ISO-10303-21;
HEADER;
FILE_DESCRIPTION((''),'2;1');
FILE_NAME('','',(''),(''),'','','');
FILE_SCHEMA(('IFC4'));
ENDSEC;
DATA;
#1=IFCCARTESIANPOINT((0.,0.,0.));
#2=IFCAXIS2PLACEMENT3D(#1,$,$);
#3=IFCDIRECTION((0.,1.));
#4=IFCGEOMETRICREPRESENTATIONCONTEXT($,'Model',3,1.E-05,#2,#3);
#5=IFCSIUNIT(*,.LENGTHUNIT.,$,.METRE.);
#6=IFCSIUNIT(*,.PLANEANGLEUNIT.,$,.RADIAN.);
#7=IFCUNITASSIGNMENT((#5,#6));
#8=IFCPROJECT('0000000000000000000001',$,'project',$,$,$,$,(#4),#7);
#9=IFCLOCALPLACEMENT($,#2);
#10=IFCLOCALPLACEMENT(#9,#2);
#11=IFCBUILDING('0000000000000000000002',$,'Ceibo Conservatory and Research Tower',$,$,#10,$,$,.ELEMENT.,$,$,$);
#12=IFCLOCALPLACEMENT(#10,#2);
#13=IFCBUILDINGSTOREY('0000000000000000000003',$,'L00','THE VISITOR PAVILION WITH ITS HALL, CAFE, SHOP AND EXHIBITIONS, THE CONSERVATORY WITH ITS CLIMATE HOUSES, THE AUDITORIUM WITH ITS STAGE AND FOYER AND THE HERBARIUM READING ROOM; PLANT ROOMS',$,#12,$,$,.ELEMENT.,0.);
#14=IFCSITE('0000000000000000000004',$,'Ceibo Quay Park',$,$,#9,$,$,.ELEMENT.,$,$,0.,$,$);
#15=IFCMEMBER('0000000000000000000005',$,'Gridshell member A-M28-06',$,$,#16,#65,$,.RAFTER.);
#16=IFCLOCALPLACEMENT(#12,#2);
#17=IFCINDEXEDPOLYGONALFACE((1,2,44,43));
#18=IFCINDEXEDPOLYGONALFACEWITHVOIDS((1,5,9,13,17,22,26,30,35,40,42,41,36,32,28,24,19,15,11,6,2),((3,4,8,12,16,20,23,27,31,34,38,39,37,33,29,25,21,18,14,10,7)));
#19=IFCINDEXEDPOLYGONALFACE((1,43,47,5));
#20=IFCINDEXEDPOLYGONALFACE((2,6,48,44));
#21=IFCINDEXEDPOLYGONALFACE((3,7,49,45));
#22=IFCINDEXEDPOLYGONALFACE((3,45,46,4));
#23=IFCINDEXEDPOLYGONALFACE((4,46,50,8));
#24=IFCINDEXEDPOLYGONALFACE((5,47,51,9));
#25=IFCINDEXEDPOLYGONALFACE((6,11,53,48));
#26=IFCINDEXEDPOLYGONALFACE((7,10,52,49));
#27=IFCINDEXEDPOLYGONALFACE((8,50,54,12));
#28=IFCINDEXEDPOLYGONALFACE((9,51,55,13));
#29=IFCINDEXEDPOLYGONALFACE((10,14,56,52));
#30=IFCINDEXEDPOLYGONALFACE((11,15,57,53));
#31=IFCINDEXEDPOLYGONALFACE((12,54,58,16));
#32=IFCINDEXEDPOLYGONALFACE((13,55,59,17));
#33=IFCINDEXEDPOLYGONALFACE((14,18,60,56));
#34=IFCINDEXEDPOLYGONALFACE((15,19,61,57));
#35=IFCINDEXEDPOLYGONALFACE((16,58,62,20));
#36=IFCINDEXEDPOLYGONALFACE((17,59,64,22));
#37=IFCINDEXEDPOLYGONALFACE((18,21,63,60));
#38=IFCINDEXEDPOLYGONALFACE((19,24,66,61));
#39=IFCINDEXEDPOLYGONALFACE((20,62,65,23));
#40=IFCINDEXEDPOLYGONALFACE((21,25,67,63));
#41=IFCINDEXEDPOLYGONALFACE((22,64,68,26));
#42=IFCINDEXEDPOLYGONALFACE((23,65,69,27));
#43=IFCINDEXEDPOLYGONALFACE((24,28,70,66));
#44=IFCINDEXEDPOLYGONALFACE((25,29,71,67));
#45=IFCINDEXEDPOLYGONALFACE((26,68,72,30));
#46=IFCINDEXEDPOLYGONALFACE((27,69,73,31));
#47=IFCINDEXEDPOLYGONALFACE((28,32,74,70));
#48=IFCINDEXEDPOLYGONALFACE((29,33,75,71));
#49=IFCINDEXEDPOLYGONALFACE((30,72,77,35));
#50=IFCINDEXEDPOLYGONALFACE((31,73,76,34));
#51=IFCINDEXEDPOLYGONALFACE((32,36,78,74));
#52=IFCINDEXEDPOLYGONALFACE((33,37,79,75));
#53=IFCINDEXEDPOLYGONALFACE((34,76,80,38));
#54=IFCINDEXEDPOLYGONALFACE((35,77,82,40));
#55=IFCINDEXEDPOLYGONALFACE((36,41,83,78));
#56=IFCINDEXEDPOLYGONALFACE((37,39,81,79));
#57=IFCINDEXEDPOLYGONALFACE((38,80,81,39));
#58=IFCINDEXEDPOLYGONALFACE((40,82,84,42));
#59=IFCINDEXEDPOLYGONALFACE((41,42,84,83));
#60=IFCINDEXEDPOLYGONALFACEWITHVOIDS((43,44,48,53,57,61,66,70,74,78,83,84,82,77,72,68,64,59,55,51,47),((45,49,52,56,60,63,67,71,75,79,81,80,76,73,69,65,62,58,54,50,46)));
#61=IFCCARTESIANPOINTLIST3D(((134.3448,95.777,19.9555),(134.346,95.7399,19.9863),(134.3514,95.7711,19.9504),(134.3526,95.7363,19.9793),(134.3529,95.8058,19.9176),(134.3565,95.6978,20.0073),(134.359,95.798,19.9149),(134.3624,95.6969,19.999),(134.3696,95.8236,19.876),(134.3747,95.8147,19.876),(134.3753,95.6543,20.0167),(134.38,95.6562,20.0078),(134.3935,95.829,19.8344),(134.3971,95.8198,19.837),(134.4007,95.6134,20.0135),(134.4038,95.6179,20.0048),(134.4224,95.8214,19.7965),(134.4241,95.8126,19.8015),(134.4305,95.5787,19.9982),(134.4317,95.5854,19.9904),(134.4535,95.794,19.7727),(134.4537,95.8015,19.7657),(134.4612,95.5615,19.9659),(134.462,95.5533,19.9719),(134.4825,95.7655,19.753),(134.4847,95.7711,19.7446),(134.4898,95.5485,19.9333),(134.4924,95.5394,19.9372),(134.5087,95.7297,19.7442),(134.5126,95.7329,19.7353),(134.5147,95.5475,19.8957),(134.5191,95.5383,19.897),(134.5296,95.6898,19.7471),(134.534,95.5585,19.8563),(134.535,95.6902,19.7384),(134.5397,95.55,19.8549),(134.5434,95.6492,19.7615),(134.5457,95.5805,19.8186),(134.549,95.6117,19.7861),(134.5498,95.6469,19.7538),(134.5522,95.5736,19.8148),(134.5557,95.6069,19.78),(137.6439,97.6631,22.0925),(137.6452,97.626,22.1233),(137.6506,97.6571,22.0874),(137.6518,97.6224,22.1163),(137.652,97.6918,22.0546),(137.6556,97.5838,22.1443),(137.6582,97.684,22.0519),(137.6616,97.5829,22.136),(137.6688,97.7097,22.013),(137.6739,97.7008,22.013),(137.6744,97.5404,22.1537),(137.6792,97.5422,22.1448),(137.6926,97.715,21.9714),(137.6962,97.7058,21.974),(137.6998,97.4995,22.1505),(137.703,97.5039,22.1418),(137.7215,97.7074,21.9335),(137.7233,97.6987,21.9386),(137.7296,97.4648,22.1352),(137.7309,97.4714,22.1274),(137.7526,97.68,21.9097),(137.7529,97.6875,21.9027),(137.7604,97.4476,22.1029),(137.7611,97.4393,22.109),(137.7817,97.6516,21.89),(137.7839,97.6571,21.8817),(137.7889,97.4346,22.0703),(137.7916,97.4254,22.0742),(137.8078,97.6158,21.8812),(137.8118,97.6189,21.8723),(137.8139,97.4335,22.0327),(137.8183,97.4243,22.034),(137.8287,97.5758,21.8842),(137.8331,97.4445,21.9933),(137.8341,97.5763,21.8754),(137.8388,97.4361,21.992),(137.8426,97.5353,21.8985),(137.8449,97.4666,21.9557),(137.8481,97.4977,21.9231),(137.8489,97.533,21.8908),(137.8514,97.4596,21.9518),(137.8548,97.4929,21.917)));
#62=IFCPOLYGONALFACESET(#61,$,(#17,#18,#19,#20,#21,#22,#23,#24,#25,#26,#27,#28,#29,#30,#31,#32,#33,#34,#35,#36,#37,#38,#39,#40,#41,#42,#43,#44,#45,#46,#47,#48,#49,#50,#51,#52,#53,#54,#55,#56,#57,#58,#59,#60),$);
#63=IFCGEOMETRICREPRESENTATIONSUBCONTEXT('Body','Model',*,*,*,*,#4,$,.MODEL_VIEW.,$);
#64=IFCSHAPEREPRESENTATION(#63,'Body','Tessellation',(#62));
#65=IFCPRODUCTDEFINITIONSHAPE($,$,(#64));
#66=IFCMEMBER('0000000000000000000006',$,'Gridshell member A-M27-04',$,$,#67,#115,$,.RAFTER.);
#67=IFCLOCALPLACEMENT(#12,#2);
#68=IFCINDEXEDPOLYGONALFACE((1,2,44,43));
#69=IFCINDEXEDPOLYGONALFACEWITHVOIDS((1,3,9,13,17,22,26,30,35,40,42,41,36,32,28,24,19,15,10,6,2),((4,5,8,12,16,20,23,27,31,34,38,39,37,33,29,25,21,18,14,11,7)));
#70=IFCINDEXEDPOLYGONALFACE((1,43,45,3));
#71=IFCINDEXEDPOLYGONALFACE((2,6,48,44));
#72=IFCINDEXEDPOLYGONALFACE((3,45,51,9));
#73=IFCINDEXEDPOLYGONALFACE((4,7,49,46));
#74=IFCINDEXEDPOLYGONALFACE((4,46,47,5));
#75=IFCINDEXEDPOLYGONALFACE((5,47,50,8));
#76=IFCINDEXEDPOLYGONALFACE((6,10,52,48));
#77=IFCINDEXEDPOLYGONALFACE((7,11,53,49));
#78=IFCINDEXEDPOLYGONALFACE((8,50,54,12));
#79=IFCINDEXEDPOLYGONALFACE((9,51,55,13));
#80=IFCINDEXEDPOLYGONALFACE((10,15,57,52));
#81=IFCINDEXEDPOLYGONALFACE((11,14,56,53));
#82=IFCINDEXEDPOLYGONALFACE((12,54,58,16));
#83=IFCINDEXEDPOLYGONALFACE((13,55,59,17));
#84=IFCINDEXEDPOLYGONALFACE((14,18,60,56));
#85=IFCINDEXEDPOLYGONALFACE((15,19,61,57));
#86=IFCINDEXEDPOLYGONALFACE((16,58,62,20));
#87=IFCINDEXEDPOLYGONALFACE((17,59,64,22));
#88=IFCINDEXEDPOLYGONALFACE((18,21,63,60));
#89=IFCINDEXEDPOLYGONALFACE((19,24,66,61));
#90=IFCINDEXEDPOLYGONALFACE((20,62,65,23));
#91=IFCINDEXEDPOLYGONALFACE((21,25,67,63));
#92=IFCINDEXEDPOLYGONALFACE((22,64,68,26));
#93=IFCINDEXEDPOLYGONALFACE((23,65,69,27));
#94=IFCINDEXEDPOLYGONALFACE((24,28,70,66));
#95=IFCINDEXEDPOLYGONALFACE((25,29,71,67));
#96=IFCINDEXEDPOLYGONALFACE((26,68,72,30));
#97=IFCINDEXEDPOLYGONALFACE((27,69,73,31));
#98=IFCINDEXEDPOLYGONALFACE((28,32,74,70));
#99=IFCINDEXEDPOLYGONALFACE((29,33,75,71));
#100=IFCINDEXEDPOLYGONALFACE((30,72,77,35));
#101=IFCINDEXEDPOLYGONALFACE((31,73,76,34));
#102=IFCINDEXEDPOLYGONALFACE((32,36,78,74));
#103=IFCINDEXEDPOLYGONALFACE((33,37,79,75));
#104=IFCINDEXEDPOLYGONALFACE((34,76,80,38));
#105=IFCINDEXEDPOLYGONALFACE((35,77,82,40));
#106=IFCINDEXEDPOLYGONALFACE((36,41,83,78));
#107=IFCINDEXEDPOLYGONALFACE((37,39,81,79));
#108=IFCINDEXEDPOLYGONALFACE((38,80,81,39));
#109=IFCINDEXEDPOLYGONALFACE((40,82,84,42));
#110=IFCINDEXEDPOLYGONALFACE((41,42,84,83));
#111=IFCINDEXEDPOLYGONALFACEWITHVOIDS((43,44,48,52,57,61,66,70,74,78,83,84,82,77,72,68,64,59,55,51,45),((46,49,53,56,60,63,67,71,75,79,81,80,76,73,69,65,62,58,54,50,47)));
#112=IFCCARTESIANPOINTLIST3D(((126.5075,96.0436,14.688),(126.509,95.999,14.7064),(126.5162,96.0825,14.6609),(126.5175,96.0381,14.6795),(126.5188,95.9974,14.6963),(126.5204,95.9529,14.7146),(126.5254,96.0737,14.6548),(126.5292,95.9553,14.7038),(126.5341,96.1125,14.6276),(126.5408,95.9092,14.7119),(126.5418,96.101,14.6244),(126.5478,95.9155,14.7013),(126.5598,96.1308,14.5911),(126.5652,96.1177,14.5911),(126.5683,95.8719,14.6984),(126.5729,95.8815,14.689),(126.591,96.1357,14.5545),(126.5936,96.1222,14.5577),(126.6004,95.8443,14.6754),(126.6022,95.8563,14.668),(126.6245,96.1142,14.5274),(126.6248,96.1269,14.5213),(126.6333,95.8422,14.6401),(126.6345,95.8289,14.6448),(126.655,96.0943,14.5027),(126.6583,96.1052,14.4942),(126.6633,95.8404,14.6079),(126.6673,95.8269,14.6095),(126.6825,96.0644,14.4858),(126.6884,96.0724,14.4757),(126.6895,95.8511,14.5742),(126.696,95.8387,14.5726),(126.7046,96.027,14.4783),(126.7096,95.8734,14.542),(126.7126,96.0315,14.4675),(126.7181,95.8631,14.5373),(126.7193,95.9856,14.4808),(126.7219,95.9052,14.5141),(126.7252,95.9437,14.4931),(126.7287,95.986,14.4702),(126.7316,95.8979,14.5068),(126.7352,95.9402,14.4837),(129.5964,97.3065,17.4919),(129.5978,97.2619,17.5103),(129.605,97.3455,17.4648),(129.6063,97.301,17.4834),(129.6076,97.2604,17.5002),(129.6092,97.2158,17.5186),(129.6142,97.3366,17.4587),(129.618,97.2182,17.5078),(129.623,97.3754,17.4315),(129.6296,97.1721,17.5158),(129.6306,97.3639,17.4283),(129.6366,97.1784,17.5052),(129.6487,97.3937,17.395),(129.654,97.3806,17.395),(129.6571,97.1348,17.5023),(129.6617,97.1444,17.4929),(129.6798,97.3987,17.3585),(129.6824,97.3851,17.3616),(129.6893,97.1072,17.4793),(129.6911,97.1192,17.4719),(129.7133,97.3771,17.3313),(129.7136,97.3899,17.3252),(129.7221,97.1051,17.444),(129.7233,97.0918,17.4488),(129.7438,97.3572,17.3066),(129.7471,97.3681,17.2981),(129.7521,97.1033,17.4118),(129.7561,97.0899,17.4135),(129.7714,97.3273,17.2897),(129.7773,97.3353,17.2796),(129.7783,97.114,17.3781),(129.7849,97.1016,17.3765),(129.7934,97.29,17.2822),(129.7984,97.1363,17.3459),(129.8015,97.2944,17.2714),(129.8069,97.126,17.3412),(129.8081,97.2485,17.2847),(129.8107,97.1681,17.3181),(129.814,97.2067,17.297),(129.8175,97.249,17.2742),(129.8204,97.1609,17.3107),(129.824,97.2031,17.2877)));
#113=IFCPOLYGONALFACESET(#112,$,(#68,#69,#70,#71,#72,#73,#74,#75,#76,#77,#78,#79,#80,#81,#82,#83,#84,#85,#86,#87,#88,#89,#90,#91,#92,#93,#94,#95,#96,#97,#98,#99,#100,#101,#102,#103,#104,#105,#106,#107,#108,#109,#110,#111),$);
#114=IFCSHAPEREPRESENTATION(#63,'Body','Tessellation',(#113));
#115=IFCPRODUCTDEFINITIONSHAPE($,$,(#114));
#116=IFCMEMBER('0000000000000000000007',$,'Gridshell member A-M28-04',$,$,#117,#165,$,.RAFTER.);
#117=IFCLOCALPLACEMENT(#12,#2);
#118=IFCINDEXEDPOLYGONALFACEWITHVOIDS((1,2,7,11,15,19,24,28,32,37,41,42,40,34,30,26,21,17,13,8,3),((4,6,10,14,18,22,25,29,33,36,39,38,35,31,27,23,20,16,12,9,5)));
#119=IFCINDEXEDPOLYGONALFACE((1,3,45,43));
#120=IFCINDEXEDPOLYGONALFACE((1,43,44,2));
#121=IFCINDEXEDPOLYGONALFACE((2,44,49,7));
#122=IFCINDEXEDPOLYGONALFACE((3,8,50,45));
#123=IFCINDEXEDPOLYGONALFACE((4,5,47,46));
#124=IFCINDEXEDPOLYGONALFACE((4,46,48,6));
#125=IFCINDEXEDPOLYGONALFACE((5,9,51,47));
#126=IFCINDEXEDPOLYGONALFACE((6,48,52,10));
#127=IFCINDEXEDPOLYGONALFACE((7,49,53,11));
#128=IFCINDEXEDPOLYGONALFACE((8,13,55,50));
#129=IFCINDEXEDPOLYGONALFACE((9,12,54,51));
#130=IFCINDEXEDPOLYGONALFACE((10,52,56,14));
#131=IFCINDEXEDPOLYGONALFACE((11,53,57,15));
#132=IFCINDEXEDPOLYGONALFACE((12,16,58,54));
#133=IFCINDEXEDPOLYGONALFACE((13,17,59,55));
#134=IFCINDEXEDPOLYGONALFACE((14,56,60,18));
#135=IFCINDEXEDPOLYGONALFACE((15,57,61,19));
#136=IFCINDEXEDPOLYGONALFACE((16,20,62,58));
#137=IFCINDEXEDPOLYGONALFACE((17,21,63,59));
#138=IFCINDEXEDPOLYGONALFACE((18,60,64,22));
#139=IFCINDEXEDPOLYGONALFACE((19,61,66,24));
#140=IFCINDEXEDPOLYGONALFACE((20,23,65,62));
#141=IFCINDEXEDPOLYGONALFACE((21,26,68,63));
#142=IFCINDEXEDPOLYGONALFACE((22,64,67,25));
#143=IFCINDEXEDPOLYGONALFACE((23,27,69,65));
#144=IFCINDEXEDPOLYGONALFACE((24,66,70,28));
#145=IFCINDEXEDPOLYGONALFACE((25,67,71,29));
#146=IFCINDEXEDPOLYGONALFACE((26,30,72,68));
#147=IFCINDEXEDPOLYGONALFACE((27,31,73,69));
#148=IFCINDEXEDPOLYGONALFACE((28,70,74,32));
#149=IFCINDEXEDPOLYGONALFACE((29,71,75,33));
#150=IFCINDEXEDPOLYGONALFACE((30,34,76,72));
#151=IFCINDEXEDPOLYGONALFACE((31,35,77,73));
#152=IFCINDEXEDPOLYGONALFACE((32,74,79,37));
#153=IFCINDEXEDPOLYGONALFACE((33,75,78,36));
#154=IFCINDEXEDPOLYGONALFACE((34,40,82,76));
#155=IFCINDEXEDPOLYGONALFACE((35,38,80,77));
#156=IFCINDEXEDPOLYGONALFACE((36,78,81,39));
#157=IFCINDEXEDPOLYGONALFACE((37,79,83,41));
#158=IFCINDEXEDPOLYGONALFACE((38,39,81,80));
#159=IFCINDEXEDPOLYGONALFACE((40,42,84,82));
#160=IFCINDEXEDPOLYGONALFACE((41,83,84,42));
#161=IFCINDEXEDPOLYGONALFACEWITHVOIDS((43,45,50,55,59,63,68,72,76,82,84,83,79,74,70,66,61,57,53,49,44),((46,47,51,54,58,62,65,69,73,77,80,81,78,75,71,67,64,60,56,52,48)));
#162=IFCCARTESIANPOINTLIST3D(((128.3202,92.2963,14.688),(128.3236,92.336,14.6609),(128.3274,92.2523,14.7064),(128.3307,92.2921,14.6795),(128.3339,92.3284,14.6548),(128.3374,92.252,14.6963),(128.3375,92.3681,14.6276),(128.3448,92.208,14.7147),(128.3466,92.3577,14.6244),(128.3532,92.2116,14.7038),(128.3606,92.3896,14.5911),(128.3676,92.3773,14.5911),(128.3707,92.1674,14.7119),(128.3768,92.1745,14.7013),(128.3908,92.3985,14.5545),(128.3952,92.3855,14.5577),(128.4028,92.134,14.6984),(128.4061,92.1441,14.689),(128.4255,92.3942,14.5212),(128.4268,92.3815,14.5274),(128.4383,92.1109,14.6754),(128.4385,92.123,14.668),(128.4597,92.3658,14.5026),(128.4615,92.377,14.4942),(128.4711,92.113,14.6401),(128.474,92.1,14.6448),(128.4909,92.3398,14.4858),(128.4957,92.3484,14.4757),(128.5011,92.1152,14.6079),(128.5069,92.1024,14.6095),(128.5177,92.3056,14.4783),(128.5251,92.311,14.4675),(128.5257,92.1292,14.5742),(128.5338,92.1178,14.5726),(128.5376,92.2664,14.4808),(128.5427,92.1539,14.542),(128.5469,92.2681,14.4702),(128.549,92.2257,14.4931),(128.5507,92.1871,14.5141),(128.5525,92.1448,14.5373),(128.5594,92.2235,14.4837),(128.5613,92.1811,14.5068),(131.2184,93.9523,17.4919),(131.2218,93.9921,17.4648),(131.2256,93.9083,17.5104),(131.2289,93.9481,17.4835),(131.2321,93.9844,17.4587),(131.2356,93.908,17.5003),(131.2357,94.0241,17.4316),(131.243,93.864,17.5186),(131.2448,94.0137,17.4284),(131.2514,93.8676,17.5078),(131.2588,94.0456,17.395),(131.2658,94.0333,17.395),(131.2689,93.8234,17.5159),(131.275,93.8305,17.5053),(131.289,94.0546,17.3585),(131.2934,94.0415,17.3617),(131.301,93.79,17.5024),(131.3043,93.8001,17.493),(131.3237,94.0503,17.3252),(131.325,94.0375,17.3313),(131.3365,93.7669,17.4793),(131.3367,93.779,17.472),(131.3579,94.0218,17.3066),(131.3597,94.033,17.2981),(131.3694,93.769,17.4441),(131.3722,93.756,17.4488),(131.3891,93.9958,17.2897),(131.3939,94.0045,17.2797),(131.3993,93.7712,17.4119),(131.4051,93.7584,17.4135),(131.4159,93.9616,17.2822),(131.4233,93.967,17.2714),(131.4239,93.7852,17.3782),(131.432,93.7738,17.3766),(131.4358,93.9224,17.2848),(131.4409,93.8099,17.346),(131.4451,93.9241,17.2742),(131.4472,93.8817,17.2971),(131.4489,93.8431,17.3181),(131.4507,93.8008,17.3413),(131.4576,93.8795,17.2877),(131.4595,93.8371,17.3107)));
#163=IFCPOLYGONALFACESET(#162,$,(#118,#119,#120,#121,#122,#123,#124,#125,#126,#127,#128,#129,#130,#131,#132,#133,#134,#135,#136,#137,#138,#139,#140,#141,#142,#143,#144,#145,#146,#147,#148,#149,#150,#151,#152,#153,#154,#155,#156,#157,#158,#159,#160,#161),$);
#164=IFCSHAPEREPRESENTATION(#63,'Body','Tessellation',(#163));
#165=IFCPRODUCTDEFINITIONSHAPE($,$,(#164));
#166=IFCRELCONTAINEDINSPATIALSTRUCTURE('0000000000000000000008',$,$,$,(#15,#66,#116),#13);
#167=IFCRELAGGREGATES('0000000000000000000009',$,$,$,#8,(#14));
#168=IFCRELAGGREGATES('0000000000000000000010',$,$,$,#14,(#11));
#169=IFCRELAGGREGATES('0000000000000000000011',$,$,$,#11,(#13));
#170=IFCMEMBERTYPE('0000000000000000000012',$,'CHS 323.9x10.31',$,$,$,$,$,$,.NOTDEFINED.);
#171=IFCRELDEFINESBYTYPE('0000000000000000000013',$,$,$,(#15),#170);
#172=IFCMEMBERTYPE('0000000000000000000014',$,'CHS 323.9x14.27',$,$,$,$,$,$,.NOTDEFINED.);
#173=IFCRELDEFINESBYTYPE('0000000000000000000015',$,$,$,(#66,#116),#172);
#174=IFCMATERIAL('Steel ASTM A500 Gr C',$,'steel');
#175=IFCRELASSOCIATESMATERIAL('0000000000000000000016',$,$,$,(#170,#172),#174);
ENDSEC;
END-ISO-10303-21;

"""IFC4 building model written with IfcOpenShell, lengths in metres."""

from ifc_helpers import new_model, si_unit, direction, frame, origin, origin_2d, place, context, subcontext, project, spatial, hollow_circle, extrude, material, material_profile, profile_set, type_object, element, save


model = new_model("IFC4")

# Units and contexts
model_context = context("Model", 3, precision=1e-05, world=origin(), true_north=direction((0.0, 1.0)))
body_context = subcontext(model_context, "Body", "Model", "MODEL_VIEW")
ifc_project = project(units=[si_unit("LENGTHUNIT", "METRE"), si_unit("PLANEANGLEUNIT", "RADIAN")], contexts=[model_context])

# Site, building, storey
site_placement = place(None, origin())
site = spatial("IfcSite", under=ifc_project, at=site_placement, Name="Ceibo Quay Park", CompositionType="ELEMENT", RefElevation=0.0)
building_placement = place(site_placement, origin())
building = spatial("IfcBuilding", under=site, at=building_placement, Name="Ceibo Conservatory and Research Tower", CompositionType="ELEMENT")
storey_placement = place(building_placement, origin())
storey = spatial("IfcBuildingStorey", under=building, at=storey_placement, Name="L00", Description="THE VISITOR PAVILION WITH ITS HALL, CAFE, SHOP AND EXHIBITIONS, THE CONSERVATORY WITH ITS CLIMATE HOUSES, THE AUDITORIUM WITH ITS STAGE AND FOYER AND THE HERBARIUM READING ROOM; PLANT ROOMS", CompositionType="ELEMENT", Elevation=0.0)

# Members
ifc_material_1 = material(Name="Steel ASTM A500 Gr C", Category="steel")
ifc_material_profile_1 = material_profile(ifc_material_1, hollow_circle(Radius=0.1619, WallThickness=0.0103, at=origin_2d()), Name="CHS 323.9x10.31")
ifc_profile_set_1 = profile_set([ifc_material_profile_1], Name="Steel ASTM A500 Gr C")
member_type_1 = type_object("IfcMemberType", Name="CHS 323.9x10.31", PredefinedType="NOTDEFINED", material=ifc_profile_set_1)
member_1_placement = place(storey_placement, frame((134.45, 95.6831, 19.876), z_axis=(0.756711, 0.43259, 0.490157), x_axis=(-0.496298, 0.868152, 0.0)))
element("IfcMember", 1, at=member_1_placement, inside=storey, type_object=member_type_1, Name="Gridshell member A-M28-06", PredefinedType="RAFTER", context=body_context, shape_type="SweptSolid", body=[
    extrude(hollow_circle(Radius=0.1619, WallThickness=0.0103, at=origin_2d()), origin(), (0.0, 0.0, 1.0), 4.3599),
])
ifc_material_profile_2 = material_profile(ifc_material_1, hollow_circle(Radius=0.1619, WallThickness=0.0142, at=origin_2d()), Name="CHS 323.9x14.27")
ifc_profile_set_2 = profile_set([ifc_material_profile_2], Name="Steel ASTM A500 Gr C")
member_type_2 = type_object("IfcMemberType", Name="CHS 323.9x14.27", PredefinedType="NOTDEFINED", material=ifc_profile_set_2)
member_2_placement = place(storey_placement, frame((126.6211, 95.981, 14.5911), z_axis=(0.708667, 0.289751, 0.643301), x_axis=(-0.378456, 0.925619, 0.0)))
element("IfcMember", 2, at=member_2_placement, inside=storey, type_object=member_type_2, Name="Gridshell member A-M27-04", PredefinedType="RAFTER", context=body_context, shape_type="SweptSolid", body=[
    extrude(hollow_circle(Radius=0.1619, WallThickness=0.0142, at=origin_2d()), origin(), (0.0, 0.0, 1.0), 4.3586),
])
member_3_placement = place(storey_placement, frame((128.4409, 92.249, 14.5911), z_axis=(0.66482, 0.379873, 0.643203), x_axis=(-0.496115, 0.868257, 0.0)))
element("IfcMember", 3, at=member_3_placement, inside=storey, type_object=member_type_2, Name="Gridshell member A-M28-04", PredefinedType="RAFTER", context=body_context, shape_type="SweptSolid", body=[
    extrude(hollow_circle(Radius=0.1619, WallThickness=0.0142, at=origin_2d()), origin(), (0.0, 0.0, 1.0), 4.3594),
])

save(model, "model.ifc")
